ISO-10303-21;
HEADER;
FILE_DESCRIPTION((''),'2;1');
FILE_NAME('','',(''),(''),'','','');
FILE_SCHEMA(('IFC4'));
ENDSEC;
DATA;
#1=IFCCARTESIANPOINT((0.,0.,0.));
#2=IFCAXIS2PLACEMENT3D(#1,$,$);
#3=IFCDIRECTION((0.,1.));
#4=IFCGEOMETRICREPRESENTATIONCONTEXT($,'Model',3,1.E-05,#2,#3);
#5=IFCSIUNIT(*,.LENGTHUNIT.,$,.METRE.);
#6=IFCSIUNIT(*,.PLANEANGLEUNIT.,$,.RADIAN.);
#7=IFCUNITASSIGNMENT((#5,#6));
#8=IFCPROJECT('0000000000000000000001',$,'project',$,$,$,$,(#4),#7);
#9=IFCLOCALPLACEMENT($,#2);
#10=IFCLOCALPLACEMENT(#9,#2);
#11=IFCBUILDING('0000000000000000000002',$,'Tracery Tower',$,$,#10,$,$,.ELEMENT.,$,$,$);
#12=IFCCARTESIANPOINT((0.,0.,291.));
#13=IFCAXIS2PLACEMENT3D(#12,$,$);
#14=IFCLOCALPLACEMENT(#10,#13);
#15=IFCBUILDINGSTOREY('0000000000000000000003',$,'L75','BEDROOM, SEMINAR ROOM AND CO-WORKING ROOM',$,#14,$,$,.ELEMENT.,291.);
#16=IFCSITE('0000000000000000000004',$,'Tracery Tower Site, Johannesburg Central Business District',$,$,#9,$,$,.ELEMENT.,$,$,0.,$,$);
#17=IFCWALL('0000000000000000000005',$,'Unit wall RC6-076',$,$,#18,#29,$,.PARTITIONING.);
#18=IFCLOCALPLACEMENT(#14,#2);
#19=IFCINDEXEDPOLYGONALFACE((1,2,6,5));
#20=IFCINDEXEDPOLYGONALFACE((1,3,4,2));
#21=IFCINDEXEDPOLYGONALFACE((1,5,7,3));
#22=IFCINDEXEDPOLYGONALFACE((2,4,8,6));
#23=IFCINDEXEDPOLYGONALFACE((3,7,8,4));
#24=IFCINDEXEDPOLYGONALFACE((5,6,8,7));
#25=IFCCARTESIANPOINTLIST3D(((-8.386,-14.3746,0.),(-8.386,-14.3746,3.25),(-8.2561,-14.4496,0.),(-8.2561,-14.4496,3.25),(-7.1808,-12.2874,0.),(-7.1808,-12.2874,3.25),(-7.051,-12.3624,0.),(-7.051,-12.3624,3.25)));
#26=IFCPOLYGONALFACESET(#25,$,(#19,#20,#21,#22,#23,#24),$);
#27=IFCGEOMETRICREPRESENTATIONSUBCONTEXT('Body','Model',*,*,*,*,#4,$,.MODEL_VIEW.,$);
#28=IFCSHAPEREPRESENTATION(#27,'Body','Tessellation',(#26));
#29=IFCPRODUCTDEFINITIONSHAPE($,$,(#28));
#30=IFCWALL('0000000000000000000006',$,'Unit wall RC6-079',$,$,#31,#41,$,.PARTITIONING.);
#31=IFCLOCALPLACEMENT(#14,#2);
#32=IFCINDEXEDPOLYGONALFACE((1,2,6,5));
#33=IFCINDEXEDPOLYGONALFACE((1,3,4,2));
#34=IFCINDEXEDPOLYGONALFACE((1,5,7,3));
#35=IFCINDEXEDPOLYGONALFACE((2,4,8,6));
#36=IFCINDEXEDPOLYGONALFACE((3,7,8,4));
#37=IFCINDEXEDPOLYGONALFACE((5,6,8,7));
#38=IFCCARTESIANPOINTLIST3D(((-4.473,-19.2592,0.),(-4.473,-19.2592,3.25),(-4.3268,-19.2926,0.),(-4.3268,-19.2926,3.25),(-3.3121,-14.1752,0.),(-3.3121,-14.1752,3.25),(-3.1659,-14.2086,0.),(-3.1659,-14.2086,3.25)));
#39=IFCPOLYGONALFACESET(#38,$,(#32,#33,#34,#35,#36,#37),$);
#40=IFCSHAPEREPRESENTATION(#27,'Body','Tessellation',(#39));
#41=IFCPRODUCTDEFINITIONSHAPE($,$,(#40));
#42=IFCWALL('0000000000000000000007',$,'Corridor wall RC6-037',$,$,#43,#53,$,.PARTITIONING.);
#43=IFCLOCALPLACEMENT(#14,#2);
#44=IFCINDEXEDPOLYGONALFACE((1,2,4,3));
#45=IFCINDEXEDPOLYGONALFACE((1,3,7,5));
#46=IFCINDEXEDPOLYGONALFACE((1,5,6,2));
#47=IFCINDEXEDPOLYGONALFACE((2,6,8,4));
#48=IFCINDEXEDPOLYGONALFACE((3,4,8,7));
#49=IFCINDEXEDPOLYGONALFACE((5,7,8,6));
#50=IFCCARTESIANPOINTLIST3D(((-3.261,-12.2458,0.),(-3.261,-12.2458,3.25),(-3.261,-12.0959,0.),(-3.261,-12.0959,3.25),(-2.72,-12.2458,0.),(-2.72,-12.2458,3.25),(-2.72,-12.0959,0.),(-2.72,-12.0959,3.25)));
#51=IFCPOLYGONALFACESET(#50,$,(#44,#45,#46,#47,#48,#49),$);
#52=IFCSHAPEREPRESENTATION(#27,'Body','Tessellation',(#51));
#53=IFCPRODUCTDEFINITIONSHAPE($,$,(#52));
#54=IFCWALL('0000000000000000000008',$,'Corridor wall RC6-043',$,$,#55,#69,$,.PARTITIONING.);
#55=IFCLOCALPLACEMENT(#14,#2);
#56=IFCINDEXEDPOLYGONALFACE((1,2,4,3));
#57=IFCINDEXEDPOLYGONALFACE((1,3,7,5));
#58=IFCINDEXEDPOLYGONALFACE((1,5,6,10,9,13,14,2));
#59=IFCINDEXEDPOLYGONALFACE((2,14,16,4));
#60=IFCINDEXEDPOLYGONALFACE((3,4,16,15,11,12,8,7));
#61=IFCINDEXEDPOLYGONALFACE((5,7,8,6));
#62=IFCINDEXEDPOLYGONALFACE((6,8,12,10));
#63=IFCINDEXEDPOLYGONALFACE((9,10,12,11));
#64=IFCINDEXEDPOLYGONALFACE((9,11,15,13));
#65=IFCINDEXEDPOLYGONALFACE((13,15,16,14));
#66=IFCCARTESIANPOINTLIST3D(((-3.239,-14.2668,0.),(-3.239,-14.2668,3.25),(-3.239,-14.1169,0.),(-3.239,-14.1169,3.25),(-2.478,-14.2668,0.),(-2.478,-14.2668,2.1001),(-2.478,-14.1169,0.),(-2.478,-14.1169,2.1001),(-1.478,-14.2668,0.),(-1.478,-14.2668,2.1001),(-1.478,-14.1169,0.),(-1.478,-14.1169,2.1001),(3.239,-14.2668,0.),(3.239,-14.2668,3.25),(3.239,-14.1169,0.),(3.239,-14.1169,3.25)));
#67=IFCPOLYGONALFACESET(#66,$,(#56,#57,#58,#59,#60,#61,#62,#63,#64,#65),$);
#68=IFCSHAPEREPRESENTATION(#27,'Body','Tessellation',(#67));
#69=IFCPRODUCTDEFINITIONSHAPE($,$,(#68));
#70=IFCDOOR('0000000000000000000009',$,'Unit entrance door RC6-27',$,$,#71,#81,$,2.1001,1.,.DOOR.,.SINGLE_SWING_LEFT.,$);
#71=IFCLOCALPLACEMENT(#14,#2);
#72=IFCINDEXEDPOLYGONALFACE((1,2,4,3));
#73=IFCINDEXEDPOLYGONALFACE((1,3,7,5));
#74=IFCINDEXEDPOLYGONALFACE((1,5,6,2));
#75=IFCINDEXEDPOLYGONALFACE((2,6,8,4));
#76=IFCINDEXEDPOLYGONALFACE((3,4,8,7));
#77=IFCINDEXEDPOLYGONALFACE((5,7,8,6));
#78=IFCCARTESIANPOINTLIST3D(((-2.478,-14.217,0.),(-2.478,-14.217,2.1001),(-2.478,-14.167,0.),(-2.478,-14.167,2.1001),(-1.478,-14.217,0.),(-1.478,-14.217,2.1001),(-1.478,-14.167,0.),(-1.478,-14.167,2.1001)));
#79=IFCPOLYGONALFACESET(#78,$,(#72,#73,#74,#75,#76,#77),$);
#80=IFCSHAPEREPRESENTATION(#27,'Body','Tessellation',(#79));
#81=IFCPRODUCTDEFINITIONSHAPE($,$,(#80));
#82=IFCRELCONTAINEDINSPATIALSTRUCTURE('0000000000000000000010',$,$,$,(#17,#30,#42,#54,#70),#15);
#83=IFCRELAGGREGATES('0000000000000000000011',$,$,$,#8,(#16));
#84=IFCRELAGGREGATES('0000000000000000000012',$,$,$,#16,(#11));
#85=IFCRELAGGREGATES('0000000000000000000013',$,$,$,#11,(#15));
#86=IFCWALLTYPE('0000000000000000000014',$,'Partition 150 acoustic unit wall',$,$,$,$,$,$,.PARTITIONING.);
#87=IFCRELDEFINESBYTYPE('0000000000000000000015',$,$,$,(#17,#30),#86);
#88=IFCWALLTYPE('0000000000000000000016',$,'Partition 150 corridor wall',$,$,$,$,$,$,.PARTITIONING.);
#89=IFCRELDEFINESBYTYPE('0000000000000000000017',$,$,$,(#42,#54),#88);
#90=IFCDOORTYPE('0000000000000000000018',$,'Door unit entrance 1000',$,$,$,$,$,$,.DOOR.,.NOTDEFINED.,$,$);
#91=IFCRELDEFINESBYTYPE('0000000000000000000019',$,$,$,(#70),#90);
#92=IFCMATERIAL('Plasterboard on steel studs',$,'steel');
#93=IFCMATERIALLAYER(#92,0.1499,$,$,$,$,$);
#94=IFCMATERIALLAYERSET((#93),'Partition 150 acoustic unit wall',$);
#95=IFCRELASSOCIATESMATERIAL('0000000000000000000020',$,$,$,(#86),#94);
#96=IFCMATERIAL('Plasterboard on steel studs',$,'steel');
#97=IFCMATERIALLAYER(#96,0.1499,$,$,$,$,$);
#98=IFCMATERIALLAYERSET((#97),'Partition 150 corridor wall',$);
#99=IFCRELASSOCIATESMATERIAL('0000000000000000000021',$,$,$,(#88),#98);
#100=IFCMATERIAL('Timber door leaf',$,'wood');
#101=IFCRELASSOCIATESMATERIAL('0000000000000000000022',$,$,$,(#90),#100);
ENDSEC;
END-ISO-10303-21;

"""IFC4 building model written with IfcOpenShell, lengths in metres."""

from ifc_helpers import new_model, si_unit, direction, frame, frame_2d, origin, place, context, subcontext, project, spatial, rectangle, extrude, material, layer, layer_set, type_object, element, fill, save


model = new_model("IFC4")

# Units and contexts
model_context = context("Model", 3, precision=1e-05, world=origin(), true_north=direction((0.0, 1.0)))
body_context = subcontext(model_context, "Body", "Model", "MODEL_VIEW")
ifc_project = project(units=[si_unit("LENGTHUNIT", "METRE"), si_unit("PLANEANGLEUNIT", "RADIAN")], contexts=[model_context])

# Site, building, storey
site_placement = place(None, origin())
site = spatial("IfcSite", under=ifc_project, at=site_placement, Name="Tracery Tower Site, Johannesburg Central Business District", CompositionType="ELEMENT", RefElevation=0.0)
building_placement = place(site_placement, origin())
building = spatial("IfcBuilding", under=site, at=building_placement, Name="Tracery Tower", CompositionType="ELEMENT")
storey_placement = place(building_placement, frame((0.0, 0.0, 291.0)))
storey = spatial("IfcBuildingStorey", under=building, at=storey_placement, Name="L75", Description="BEDROOM, SEMINAR ROOM AND CO-WORKING ROOM", CompositionType="ELEMENT", Elevation=291.0)

# Walls
ifc_material_1 = material(Name="Plasterboard on steel studs", Category="steel")
ifc_layer_1 = layer(ifc_material_1, 0.1499)
ifc_layer_set_1 = layer_set([ifc_layer_1], Name="Partition 150 acoustic unit wall")
wall_type_1 = type_object("IfcWallType", Name="Partition 150 acoustic unit wall", PredefinedType="PARTITIONING", material=ifc_layer_set_1)
wall_1_placement = place(storey_placement, frame((-8.321, -14.4121, 0.0), z_axis=(0.0, 0.0, 1.0), x_axis=(0.500018, 0.866015, 0.0)))
element("IfcWall", 1, at=wall_1_placement, inside=storey, type_object=wall_type_1, Name="Unit wall RC6-076", PredefinedType="PARTITIONING", context=body_context, shape_type="SweptSolid", body=[
    extrude(rectangle(XDim=2.4102, YDim=0.1499, at=frame_2d((1.2051, 0.0))), origin(), (0.0, 0.0, 1.0), 3.25),
])
wall_2_placement = place(storey_placement, frame((-4.3999, -19.2759, 0.0), z_axis=(0.0, 0.0, 1.0), x_axis=(0.222613, 0.974907, 0.0)))
element("IfcWall", 2, at=wall_2_placement, inside=storey, type_object=wall_type_1, Name="Unit wall RC6-079", PredefinedType="PARTITIONING", context=body_context, shape_type="SweptSolid", body=[
    extrude(rectangle(XDim=5.2148, YDim=0.1499, at=frame_2d((2.6074, 0.0))), origin(), (0.0, 0.0, 1.0), 3.25),
])
ifc_material_2 = material(Name="Plasterboard on steel studs", Category="steel")
ifc_layer_2 = layer(ifc_material_2, 0.1499)
ifc_layer_set_2 = layer_set([ifc_layer_2], Name="Partition 150 corridor wall")
wall_type_2 = type_object("IfcWallType", Name="Partition 150 corridor wall", PredefinedType="PARTITIONING", material=ifc_layer_set_2)
wall_3_placement = place(storey_placement, frame((-3.261, -12.1709, 0.0), z_axis=(0.0, 0.0, 1.0), x_axis=(1.0, 0.0, 0.0)))
element("IfcWall", 3, at=wall_3_placement, inside=storey, type_object=wall_type_2, Name="Corridor wall RC6-037", PredefinedType="PARTITIONING", context=body_context, shape_type="SweptSolid", body=[
    extrude(rectangle(XDim=0.541, YDim=0.1499, at=frame_2d((0.2705, 0.0))), origin(), (0.0, 0.0, 1.0), 3.25),
])

# Wall, opening, door
wall_4_placement = place(storey_placement, frame((-3.239, -14.1919, 0.0), z_axis=(0.0, 0.0, 1.0), x_axis=(1.0, 0.0, 0.0)))
wall_4 = element("IfcWall", 4, at=wall_4_placement, inside=storey, type_object=wall_type_2, Name="Corridor wall RC6-043", PredefinedType="PARTITIONING", context=body_context, shape_type="SweptSolid", body=[
    extrude(rectangle(XDim=6.478, YDim=0.1499, at=frame_2d((3.239, 0.0))), origin(), (0.0, 0.0, 1.0), 3.25),
])
opening_1_placement = place(wall_4_placement, frame((0.761, 0.0, 0.0)))
opening_1 = element("IfcOpeningElement", 5, at=opening_1_placement, cuts=wall_4, PredefinedType="OPENING", context=body_context, shape_type="SweptSolid", body=[
    extrude(rectangle(XDim=1.0, YDim=2.1001, at=frame_2d((0.5, 1.05))), frame((0.0, 0.075, 0.0), z_axis=(0.0, -1.0, 0.0), x_axis=(1.0, 0.0, 0.0)), (0.0, 0.0, 1.0), 0.1499),
])
ifc_material_3 = material(Name="Timber door leaf", Category="wood")
door_type_1 = type_object("IfcDoorType", Name="Door unit entrance 1000", OperationType="NOTDEFINED", PredefinedType="DOOR", material=ifc_material_3)
door_1_placement = place(opening_1_placement, origin())
door_1 = element("IfcDoor", 6, at=door_1_placement, inside=storey, type_object=door_type_1, Name="Unit entrance door RC6-27", OperationType="SINGLE_SWING_LEFT", OverallHeight=2.1001, OverallWidth=1.0, PredefinedType="DOOR", context=body_context, shape_type="SweptSolid", body=[
    extrude(rectangle(XDim=1.0, YDim=2.1001, at=frame_2d((0.5, 1.05))), frame((0.0, 0.0249, 0.0), z_axis=(0.0, -1.0, 0.0), x_axis=(1.0, 0.0, 0.0)), (0.0, 0.0, 1.0), 0.05),
])
fill(opening_1, door_1)

save(model, "model.ifc")
